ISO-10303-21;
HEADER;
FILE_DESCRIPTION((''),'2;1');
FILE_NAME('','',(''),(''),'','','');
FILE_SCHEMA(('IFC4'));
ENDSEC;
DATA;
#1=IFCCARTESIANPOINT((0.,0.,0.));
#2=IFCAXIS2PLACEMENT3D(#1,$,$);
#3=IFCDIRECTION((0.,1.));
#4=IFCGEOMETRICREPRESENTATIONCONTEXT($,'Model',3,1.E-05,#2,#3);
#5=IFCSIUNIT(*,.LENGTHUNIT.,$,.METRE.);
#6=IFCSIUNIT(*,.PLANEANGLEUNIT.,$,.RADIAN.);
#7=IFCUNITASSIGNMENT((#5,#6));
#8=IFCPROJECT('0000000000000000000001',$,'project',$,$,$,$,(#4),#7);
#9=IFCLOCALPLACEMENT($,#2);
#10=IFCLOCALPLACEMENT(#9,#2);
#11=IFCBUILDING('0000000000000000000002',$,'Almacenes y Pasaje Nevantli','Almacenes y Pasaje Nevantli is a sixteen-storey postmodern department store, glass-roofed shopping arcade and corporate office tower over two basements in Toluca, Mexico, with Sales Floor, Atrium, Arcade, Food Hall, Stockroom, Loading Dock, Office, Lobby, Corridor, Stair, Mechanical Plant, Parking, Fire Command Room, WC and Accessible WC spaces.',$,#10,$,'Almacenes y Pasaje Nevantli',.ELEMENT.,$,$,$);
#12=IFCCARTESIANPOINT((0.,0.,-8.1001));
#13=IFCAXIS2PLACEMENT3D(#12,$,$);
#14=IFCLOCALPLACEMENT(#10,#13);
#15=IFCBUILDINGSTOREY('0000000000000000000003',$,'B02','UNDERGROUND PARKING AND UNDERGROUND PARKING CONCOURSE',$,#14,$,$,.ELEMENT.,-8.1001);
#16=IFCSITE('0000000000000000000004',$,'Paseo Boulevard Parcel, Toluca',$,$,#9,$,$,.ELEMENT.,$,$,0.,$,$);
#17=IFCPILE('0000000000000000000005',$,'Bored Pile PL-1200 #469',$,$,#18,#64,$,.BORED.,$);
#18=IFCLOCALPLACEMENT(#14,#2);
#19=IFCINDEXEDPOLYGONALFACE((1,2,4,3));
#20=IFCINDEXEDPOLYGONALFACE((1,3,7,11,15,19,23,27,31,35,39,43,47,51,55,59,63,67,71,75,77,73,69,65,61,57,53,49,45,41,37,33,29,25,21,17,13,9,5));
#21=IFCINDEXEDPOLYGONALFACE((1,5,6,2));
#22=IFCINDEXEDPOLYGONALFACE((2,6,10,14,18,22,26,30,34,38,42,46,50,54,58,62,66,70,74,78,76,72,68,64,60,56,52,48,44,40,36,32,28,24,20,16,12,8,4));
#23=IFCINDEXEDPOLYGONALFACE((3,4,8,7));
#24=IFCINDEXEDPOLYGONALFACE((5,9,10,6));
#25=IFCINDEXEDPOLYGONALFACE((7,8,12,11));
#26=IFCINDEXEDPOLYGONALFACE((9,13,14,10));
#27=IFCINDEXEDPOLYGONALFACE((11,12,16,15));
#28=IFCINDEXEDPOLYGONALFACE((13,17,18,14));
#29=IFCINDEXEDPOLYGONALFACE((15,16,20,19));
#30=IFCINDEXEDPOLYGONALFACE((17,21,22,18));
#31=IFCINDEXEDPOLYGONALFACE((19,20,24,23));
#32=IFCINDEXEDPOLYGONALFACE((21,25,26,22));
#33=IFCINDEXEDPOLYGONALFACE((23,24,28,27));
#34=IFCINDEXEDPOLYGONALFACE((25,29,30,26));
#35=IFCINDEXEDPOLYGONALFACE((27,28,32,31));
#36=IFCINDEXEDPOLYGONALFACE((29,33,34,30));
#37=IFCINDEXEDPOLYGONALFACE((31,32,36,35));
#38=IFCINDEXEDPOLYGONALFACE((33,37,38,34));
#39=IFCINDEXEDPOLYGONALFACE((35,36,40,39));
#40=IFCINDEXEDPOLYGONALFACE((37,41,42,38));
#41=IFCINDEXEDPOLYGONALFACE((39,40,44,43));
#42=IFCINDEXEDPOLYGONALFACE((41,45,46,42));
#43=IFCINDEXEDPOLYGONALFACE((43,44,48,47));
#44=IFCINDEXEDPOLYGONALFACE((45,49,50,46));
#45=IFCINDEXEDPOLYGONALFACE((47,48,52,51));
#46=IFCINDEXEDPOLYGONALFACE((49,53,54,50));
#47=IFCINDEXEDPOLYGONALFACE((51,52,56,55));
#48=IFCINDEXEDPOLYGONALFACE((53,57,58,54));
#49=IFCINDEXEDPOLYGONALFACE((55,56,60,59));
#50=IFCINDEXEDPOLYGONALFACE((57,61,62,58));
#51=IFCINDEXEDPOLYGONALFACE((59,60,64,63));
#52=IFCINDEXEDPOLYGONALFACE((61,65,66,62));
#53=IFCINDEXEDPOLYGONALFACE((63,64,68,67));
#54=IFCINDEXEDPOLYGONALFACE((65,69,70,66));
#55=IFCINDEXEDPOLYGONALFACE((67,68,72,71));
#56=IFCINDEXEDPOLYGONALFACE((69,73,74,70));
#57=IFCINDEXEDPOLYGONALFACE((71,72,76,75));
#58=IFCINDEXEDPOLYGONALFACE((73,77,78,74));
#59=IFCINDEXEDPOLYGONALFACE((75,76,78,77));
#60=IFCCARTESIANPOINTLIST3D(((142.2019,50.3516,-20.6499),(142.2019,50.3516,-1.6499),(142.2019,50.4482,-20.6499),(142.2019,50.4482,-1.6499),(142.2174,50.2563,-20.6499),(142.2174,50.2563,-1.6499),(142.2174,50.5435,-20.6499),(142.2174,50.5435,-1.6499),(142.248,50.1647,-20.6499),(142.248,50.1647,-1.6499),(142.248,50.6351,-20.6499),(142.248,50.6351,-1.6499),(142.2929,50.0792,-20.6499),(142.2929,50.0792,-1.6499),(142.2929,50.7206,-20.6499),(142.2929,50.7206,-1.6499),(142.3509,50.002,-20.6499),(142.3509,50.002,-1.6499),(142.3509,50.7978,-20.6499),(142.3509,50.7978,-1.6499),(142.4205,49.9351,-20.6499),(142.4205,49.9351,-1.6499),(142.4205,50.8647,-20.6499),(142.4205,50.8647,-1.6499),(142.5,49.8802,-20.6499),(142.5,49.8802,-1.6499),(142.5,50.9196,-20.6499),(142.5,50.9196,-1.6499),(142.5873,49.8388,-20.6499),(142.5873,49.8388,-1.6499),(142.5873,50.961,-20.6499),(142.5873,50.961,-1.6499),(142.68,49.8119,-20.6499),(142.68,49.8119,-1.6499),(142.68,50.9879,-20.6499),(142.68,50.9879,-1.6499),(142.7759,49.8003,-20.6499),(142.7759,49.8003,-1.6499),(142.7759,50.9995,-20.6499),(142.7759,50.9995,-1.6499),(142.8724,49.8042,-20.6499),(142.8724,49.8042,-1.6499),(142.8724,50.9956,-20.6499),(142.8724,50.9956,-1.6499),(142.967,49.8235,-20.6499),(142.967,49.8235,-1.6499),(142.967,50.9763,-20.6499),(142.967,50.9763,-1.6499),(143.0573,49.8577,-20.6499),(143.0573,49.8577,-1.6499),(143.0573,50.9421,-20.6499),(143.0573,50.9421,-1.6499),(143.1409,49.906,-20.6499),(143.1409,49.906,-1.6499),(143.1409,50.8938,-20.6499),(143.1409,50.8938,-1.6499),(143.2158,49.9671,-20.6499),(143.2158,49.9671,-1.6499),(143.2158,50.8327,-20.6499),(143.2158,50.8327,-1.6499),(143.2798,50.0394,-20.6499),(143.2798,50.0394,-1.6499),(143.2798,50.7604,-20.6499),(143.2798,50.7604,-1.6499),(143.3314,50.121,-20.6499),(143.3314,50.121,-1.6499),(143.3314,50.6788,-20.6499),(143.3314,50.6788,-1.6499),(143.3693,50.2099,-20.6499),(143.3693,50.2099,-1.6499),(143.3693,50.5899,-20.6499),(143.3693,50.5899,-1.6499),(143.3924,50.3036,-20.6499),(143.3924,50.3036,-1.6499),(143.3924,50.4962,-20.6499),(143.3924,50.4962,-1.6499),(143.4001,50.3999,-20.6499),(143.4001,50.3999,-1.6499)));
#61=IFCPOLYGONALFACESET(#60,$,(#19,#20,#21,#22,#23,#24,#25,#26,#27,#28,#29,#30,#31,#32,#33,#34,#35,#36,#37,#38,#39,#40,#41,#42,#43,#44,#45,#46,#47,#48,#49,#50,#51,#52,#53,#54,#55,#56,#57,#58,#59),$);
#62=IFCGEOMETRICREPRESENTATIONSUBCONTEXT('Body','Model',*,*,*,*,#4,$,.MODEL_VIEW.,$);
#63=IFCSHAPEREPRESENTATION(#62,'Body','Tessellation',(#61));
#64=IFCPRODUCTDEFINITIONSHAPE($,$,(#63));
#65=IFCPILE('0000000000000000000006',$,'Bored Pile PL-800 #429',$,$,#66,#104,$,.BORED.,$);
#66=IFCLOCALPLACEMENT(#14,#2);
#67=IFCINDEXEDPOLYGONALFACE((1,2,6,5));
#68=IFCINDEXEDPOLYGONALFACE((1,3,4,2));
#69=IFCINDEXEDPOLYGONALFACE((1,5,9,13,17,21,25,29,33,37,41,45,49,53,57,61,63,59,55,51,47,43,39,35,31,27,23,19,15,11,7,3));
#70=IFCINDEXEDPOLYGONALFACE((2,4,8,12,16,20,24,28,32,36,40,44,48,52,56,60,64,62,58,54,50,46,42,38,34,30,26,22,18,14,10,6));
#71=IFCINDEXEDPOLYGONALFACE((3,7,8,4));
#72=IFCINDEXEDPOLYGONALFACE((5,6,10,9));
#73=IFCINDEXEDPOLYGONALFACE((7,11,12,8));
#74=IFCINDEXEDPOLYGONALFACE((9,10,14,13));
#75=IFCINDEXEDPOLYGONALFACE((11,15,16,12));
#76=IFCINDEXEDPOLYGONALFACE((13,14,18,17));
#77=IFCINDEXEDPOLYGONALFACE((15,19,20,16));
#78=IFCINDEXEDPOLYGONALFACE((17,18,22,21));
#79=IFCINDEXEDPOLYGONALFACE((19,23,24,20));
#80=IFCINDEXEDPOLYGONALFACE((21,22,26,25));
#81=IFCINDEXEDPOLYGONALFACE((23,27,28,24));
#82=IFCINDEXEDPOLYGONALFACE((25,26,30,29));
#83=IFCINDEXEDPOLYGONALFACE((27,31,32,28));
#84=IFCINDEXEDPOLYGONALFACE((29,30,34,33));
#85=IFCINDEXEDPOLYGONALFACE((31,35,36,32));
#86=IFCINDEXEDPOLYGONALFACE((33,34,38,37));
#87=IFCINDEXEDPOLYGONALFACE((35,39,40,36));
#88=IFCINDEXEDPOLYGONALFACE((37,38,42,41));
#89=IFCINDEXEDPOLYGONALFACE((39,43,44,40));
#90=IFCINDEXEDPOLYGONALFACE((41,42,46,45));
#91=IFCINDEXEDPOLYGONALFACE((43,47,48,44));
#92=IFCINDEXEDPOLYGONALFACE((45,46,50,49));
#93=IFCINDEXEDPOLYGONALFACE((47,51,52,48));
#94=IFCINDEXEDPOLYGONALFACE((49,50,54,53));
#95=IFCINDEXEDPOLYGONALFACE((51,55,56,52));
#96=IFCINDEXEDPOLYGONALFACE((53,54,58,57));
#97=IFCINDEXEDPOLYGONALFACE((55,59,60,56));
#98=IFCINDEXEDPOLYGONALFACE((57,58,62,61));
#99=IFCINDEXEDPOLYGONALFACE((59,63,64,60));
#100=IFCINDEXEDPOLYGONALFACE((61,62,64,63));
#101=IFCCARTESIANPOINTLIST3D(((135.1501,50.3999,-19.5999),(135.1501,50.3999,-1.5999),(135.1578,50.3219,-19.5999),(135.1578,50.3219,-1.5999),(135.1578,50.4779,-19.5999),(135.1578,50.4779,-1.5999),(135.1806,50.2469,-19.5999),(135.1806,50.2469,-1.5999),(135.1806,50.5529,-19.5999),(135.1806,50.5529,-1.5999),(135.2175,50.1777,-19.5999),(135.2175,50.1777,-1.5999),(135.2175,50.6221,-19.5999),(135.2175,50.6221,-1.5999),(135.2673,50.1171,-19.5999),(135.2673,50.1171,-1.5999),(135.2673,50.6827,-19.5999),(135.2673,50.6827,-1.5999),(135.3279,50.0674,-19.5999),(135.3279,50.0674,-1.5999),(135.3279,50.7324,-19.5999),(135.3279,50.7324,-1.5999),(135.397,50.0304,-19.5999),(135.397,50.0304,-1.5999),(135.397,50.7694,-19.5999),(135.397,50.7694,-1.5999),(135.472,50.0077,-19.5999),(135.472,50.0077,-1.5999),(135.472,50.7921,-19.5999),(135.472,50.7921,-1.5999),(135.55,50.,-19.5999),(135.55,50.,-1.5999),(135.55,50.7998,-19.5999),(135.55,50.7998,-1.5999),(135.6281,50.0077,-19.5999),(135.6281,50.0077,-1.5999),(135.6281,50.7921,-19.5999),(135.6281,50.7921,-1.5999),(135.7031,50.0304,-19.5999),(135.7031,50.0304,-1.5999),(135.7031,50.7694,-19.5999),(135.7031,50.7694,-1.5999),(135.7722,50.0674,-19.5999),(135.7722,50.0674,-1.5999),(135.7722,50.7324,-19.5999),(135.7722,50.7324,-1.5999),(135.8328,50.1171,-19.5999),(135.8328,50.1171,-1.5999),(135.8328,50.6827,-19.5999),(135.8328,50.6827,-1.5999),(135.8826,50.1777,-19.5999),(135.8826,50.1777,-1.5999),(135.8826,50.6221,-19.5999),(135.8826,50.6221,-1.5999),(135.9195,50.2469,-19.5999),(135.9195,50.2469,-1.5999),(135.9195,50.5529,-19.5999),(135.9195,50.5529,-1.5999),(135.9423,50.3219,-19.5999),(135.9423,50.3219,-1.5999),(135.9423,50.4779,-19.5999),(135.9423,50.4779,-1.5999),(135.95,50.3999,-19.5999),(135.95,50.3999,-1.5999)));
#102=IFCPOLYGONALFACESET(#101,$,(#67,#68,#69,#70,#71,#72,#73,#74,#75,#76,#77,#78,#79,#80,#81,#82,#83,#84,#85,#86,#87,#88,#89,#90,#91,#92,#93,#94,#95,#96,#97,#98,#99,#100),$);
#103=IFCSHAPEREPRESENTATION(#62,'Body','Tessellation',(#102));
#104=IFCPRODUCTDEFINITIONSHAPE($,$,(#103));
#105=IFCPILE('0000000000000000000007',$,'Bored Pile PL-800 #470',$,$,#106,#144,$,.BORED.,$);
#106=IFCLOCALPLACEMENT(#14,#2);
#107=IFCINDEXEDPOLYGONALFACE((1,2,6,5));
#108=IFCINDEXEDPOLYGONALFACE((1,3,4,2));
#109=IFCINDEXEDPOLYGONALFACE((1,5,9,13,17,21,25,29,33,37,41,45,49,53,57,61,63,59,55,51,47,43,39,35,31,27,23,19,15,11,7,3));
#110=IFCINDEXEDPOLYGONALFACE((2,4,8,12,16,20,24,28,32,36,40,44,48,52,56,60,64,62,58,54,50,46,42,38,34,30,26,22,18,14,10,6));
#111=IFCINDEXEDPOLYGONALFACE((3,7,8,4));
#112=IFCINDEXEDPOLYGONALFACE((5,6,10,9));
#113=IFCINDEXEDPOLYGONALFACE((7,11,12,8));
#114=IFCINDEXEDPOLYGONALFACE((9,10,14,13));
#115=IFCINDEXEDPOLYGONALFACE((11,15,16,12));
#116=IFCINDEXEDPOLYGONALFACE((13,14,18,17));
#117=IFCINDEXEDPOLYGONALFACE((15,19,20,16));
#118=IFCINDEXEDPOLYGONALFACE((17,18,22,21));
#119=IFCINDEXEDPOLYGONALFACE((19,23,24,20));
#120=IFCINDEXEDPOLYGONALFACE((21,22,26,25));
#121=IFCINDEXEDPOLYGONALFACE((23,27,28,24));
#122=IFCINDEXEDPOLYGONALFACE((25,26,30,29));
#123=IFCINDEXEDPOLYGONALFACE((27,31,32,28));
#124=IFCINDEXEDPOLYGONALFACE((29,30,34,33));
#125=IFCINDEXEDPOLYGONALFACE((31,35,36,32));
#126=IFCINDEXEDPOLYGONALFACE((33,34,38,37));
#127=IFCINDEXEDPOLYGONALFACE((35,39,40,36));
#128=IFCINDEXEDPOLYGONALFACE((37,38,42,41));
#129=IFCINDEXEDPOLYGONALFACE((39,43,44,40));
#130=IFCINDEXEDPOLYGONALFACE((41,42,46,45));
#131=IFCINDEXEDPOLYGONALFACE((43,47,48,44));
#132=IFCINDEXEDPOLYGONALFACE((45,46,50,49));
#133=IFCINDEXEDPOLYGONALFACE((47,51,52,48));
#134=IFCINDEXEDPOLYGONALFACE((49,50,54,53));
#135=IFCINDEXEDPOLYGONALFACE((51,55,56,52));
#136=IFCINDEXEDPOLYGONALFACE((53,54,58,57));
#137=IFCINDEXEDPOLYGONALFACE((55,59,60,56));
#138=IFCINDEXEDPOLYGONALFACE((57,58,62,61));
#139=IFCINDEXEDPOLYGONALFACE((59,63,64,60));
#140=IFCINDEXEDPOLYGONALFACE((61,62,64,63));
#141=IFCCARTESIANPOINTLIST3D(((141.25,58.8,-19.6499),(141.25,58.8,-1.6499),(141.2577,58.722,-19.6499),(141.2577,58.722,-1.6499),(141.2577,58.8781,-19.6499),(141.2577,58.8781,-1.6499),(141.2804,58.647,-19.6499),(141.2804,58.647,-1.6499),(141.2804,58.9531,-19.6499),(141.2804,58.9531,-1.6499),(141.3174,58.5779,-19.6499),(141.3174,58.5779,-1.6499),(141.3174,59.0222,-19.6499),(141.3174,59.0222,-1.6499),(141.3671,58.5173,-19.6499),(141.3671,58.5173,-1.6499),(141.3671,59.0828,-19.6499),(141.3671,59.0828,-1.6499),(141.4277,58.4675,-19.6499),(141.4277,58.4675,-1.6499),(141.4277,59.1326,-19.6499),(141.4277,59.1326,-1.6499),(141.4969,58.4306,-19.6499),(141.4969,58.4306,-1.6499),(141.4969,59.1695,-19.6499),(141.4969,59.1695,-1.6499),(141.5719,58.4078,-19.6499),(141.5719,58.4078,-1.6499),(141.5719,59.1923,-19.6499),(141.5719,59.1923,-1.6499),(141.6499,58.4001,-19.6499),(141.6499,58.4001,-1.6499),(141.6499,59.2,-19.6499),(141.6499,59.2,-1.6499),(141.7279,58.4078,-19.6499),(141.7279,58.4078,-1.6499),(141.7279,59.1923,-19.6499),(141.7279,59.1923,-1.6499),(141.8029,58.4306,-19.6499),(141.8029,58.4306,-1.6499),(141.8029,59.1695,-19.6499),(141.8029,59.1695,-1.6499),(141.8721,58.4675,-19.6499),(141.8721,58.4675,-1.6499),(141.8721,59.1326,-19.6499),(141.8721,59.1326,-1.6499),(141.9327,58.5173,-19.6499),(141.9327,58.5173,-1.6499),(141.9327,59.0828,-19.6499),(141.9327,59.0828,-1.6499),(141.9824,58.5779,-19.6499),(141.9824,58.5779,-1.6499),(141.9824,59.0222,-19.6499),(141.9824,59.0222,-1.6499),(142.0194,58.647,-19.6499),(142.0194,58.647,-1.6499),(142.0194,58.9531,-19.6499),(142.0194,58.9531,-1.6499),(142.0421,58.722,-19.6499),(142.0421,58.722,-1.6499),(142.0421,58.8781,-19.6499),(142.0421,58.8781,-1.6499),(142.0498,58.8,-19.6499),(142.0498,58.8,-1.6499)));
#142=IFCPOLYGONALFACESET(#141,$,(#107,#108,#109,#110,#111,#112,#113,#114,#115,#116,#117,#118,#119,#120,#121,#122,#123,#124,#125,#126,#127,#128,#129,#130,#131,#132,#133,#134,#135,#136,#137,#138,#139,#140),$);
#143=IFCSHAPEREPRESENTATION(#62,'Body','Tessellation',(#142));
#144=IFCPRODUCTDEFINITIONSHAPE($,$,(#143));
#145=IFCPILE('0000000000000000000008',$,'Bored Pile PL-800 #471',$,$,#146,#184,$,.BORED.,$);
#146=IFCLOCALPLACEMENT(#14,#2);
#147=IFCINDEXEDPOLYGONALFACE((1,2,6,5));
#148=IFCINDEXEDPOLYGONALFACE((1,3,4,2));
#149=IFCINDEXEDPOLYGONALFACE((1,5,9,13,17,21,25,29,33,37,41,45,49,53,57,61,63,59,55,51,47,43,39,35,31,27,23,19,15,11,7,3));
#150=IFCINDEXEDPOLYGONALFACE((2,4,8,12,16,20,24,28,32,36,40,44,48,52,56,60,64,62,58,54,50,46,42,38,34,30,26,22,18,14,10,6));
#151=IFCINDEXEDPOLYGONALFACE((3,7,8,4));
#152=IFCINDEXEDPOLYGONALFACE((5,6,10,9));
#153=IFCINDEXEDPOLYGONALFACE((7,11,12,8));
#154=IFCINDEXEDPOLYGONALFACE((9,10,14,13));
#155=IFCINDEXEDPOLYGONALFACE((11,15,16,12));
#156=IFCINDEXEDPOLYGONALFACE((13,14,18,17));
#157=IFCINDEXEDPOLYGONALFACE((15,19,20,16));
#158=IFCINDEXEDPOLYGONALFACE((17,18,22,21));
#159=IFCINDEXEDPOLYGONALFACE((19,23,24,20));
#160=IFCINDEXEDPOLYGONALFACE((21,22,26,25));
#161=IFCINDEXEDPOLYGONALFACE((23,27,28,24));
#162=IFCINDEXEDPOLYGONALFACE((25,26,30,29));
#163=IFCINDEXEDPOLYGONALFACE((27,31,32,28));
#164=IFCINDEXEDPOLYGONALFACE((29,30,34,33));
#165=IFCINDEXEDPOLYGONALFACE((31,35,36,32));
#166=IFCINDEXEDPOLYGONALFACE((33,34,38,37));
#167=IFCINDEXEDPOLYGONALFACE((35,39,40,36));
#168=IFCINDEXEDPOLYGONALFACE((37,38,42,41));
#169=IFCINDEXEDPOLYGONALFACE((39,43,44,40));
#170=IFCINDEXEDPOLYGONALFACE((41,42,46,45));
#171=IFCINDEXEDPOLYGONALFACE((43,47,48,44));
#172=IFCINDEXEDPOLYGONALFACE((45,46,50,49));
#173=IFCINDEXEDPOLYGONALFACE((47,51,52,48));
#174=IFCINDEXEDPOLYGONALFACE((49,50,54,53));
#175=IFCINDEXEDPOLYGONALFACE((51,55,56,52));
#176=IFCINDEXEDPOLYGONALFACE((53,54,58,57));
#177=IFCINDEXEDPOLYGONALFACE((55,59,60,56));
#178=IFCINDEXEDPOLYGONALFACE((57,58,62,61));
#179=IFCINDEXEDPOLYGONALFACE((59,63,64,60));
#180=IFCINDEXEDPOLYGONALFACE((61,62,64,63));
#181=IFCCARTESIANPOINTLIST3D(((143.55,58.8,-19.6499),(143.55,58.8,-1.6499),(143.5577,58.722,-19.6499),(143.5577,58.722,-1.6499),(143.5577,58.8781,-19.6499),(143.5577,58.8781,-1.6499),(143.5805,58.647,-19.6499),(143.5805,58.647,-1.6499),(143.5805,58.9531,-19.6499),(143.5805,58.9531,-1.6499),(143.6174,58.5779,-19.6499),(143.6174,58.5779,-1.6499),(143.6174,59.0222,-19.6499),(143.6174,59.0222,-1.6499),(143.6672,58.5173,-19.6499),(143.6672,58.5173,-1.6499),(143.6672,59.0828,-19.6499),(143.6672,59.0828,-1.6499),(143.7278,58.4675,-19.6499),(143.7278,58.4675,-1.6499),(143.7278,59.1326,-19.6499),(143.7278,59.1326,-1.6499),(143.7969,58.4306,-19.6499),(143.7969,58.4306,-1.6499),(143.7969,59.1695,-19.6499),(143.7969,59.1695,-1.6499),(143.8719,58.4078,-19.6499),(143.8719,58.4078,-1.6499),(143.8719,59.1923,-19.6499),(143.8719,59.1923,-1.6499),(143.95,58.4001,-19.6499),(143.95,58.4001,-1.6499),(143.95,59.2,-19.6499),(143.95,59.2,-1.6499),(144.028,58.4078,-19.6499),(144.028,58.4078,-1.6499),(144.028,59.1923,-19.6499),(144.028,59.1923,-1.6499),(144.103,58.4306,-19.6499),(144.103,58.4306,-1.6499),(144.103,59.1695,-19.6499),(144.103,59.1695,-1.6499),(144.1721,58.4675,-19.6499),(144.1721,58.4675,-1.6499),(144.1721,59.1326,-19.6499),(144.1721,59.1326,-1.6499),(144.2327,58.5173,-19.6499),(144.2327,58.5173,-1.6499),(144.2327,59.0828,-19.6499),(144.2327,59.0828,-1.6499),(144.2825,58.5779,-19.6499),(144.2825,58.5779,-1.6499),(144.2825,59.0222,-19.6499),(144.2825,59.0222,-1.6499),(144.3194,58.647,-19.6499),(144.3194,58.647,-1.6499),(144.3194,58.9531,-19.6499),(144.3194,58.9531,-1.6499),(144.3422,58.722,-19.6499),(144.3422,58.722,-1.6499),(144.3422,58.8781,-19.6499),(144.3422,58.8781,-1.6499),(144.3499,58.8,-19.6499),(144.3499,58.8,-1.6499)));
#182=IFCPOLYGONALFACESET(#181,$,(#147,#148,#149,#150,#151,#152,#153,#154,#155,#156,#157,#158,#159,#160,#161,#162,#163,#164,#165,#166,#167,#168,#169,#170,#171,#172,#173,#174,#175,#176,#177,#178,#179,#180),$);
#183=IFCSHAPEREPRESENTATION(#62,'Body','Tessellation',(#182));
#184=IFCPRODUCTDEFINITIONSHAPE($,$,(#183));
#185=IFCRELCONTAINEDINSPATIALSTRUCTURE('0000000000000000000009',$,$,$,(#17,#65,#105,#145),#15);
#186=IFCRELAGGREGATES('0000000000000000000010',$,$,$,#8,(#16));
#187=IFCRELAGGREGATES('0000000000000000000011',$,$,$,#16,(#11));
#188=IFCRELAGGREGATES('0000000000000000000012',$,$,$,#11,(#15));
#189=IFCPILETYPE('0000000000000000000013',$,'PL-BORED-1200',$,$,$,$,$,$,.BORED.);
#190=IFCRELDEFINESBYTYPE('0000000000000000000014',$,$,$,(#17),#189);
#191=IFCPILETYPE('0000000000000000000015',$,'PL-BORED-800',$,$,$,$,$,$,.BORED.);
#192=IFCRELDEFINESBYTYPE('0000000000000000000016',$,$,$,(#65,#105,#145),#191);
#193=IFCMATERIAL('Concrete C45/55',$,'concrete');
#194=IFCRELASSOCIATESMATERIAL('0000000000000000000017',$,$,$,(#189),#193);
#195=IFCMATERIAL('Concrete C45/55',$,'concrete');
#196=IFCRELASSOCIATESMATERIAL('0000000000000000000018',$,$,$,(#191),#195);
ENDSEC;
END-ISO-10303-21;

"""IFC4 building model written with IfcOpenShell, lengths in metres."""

from ifc_helpers import new_model, si_unit, direction, frame, origin, origin_2d, place, context, subcontext, project, spatial, circle, extrude, material, material_profile, profile_set, type_object, element, save


model = new_model("IFC4")

# Units and contexts
model_context = context("Model", 3, precision=1e-05, world=origin(), true_north=direction((0.0, 1.0)))
body_context = subcontext(model_context, "Body", "Model", "MODEL_VIEW")
ifc_project = project(units=[si_unit("LENGTHUNIT", "METRE"), si_unit("PLANEANGLEUNIT", "RADIAN")], contexts=[model_context])

# Site, building, storey
site_placement = place(None, origin())
site = spatial("IfcSite", under=ifc_project, at=site_placement, Name="Paseo Boulevard Parcel, Toluca", CompositionType="ELEMENT", RefElevation=0.0)
building_placement = place(site_placement, origin())
building = spatial("IfcBuilding", under=site, at=building_placement, Name="Almacenes y Pasaje Nevantli", Description="Almacenes y Pasaje Nevantli is a sixteen-storey postmodern department store, glass-roofed shopping arcade and corporate office tower over two basements in Toluca, Mexico, with Sales Floor, Atrium, Arcade, Food Hall, Stockroom, Loading Dock, Office, Lobby, Corridor, Stair, Mechanical Plant, Parking, Fire Command Room, WC and Accessible WC spaces.", LongName="Almacenes y Pasaje Nevantli", CompositionType="ELEMENT")
storey_placement = place(building_placement, frame((0.0, 0.0, -8.1001)))
storey = spatial("IfcBuildingStorey", under=building, at=storey_placement, Name="B02", Description="UNDERGROUND PARKING AND UNDERGROUND PARKING CONCOURSE", CompositionType="ELEMENT", Elevation=-8.1001)

# Piles
ifc_material_1 = material(Name="Concrete C45/55", Category="concrete")
ifc_material_profile_1 = material_profile(ifc_material_1, circle(Radius=0.6001, at=origin_2d()), Name="RC-PILE-D1200")
ifc_profile_set_1 = profile_set([ifc_material_profile_1], Name="Concrete C45/55")
pile_type_1 = type_object("IfcPileType", Name="PL-BORED-1200", PredefinedType="BORED", material=ifc_profile_set_1)
for number, where, z_axis, x_axis, name in (
    (1, (142.8, 50.3999, -1.6499), (0.0, 0.0, -1.0), (1.0, 0.0, 0.0), "Bored Pile PL-1200 #469"),
):
    element("IfcPile", number, at=place(storey_placement, frame(where, z_axis=z_axis, x_axis=x_axis)), inside=storey, type_object=pile_type_1, Name=name, PredefinedType="BORED", context=body_context, shape_type="SweptSolid", body=[
        extrude(circle(Radius=0.6001, at=origin_2d()), origin(), (0.0, 0.0, 1.0), 19.0),
    ])
ifc_material_2 = material(Name="Concrete C45/55", Category="concrete")
ifc_material_profile_2 = material_profile(ifc_material_2, circle(Radius=0.3999, at=origin_2d()), Name="RC-PILE-D800")
ifc_profile_set_2 = profile_set([ifc_material_profile_2], Name="Concrete C45/55")
pile_type_2 = type_object("IfcPileType", Name="PL-BORED-800", PredefinedType="BORED", material=ifc_profile_set_2)
for number, where, z_axis, x_axis, name in (
    (2, (135.55, 50.3999, -1.5999), (0.0, 0.0, -1.0), (1.0, 0.0, 0.0), "Bored Pile PL-800 #429"),
    (3, (141.6499, 58.8, -1.6499), (0.0, 0.0, -1.0), (1.0, 0.0, 0.0), "Bored Pile PL-800 #470"),
    (4, (143.95, 58.8, -1.6499), (0.0, 0.0, -1.0), (1.0, 0.0, 0.0), "Bored Pile PL-800 #471"),
):
    element("IfcPile", number, at=place(storey_placement, frame(where, z_axis=z_axis, x_axis=x_axis)), inside=storey, type_object=pile_type_2, Name=name, PredefinedType="BORED", context=body_context, shape_type="SweptSolid", body=[
        extrude(circle(Radius=0.3999, at=origin_2d()), origin(), (0.0, 0.0, 1.0), 18.0),
    ])

save(model, "model.ifc")
